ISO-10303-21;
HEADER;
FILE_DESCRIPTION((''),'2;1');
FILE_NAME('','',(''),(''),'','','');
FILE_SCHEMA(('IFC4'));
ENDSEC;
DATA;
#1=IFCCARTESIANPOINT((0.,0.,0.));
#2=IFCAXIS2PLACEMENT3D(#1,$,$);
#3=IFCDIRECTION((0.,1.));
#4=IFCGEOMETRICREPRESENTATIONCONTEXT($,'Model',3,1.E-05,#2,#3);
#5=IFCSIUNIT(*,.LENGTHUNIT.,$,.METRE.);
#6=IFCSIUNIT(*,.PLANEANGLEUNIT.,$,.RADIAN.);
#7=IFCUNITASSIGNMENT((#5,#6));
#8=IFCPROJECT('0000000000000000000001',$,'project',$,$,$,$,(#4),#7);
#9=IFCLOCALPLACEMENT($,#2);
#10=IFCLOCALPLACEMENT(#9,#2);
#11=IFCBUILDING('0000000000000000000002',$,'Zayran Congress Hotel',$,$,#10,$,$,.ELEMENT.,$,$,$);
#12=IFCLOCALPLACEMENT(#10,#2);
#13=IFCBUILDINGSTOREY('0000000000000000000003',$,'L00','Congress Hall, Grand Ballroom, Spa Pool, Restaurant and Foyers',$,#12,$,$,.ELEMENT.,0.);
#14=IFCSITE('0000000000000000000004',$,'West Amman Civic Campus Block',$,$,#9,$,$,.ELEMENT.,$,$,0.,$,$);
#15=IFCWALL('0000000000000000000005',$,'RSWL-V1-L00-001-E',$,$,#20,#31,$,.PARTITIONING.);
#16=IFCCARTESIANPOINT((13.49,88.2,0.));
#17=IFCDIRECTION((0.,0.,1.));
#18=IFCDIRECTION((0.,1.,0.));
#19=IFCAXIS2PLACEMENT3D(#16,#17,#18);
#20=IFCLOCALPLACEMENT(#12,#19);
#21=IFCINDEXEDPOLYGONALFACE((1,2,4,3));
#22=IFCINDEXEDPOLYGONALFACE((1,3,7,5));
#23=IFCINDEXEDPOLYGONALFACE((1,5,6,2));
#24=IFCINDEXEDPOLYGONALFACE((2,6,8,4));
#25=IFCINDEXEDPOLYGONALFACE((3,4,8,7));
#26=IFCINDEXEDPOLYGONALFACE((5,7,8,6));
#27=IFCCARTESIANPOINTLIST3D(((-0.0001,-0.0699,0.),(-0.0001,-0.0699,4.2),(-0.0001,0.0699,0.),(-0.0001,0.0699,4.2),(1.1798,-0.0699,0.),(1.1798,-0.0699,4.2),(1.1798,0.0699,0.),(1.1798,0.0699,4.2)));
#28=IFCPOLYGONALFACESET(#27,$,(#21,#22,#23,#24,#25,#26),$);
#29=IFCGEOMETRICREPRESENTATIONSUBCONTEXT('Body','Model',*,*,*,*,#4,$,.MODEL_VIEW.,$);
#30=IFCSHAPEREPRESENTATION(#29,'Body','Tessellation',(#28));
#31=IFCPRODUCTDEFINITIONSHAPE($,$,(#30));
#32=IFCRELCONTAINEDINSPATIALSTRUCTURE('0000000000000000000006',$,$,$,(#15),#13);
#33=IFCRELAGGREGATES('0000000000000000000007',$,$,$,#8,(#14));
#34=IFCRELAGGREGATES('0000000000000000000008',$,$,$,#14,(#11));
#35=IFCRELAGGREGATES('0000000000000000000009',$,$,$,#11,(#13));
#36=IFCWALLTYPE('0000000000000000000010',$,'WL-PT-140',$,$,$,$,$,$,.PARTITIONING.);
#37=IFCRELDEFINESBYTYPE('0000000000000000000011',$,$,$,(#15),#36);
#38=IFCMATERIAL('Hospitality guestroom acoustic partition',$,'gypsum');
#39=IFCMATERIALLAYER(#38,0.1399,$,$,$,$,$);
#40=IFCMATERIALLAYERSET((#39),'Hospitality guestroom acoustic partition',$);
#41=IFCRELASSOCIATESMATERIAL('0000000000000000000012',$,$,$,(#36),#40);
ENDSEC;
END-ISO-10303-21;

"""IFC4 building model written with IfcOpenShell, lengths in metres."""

from ifc_helpers import new_model, si_unit, direction, frame, frame_2d, origin, place, context, subcontext, project, spatial, rectangle, extrude, material, layer, layer_set, type_object, element, save


model = new_model("IFC4")

# Units and contexts
model_context = context("Model", 3, precision=1e-05, world=origin(), true_north=direction((0.0, 1.0)))
body_context = subcontext(model_context, "Body", "Model", "MODEL_VIEW")
ifc_project = project(units=[si_unit("LENGTHUNIT", "METRE"), si_unit("PLANEANGLEUNIT", "RADIAN")], contexts=[model_context])

# Site, building, storey
site_placement = place(None, origin())
site = spatial("IfcSite", under=ifc_project, at=site_placement, Name="West Amman Civic Campus Block", CompositionType="ELEMENT", RefElevation=0.0)
building_placement = place(site_placement, origin())
building = spatial("IfcBuilding", under=site, at=building_placement, Name="Zayran Congress Hotel", CompositionType="ELEMENT")
storey_placement = place(building_placement, origin())
storey = spatial("IfcBuildingStorey", under=building, at=storey_placement, Name="L00", Description="Congress Hall, Grand Ballroom, Spa Pool, Restaurant and Foyers", CompositionType="ELEMENT", Elevation=0.0)

# Wall
ifc_material_1 = material(Name="Hospitality guestroom acoustic partition", Category="gypsum")
ifc_layer_1 = layer(ifc_material_1, 0.1399)
ifc_layer_set_1 = layer_set([ifc_layer_1], Name="Hospitality guestroom acoustic partition")
wall_type_1 = type_object("IfcWallType", Name="WL-PT-140", PredefinedType="PARTITIONING", material=ifc_layer_set_1)
for number, where, z_axis, x_axis, name in (
    (1, (13.49, 88.2, 0.0), (0.0, 0.0, 1.0), (0.0, 1.0, 0.0), "RSWL-V1-L00-001-E"),
):
    element("IfcWall", number, at=place(storey_placement, frame(where, z_axis=z_axis, x_axis=x_axis)), inside=storey, type_object=wall_type_1, Name=name, PredefinedType="PARTITIONING", context=body_context, shape_type="SweptSolid", body=[
        extrude(rectangle(XDim=1.1799, YDim=0.1399, at=frame_2d((0.5898, 0.0))), origin(), (0.0, 0.0, 1.0), 4.2),
    ])

save(model, "model.ifc")
